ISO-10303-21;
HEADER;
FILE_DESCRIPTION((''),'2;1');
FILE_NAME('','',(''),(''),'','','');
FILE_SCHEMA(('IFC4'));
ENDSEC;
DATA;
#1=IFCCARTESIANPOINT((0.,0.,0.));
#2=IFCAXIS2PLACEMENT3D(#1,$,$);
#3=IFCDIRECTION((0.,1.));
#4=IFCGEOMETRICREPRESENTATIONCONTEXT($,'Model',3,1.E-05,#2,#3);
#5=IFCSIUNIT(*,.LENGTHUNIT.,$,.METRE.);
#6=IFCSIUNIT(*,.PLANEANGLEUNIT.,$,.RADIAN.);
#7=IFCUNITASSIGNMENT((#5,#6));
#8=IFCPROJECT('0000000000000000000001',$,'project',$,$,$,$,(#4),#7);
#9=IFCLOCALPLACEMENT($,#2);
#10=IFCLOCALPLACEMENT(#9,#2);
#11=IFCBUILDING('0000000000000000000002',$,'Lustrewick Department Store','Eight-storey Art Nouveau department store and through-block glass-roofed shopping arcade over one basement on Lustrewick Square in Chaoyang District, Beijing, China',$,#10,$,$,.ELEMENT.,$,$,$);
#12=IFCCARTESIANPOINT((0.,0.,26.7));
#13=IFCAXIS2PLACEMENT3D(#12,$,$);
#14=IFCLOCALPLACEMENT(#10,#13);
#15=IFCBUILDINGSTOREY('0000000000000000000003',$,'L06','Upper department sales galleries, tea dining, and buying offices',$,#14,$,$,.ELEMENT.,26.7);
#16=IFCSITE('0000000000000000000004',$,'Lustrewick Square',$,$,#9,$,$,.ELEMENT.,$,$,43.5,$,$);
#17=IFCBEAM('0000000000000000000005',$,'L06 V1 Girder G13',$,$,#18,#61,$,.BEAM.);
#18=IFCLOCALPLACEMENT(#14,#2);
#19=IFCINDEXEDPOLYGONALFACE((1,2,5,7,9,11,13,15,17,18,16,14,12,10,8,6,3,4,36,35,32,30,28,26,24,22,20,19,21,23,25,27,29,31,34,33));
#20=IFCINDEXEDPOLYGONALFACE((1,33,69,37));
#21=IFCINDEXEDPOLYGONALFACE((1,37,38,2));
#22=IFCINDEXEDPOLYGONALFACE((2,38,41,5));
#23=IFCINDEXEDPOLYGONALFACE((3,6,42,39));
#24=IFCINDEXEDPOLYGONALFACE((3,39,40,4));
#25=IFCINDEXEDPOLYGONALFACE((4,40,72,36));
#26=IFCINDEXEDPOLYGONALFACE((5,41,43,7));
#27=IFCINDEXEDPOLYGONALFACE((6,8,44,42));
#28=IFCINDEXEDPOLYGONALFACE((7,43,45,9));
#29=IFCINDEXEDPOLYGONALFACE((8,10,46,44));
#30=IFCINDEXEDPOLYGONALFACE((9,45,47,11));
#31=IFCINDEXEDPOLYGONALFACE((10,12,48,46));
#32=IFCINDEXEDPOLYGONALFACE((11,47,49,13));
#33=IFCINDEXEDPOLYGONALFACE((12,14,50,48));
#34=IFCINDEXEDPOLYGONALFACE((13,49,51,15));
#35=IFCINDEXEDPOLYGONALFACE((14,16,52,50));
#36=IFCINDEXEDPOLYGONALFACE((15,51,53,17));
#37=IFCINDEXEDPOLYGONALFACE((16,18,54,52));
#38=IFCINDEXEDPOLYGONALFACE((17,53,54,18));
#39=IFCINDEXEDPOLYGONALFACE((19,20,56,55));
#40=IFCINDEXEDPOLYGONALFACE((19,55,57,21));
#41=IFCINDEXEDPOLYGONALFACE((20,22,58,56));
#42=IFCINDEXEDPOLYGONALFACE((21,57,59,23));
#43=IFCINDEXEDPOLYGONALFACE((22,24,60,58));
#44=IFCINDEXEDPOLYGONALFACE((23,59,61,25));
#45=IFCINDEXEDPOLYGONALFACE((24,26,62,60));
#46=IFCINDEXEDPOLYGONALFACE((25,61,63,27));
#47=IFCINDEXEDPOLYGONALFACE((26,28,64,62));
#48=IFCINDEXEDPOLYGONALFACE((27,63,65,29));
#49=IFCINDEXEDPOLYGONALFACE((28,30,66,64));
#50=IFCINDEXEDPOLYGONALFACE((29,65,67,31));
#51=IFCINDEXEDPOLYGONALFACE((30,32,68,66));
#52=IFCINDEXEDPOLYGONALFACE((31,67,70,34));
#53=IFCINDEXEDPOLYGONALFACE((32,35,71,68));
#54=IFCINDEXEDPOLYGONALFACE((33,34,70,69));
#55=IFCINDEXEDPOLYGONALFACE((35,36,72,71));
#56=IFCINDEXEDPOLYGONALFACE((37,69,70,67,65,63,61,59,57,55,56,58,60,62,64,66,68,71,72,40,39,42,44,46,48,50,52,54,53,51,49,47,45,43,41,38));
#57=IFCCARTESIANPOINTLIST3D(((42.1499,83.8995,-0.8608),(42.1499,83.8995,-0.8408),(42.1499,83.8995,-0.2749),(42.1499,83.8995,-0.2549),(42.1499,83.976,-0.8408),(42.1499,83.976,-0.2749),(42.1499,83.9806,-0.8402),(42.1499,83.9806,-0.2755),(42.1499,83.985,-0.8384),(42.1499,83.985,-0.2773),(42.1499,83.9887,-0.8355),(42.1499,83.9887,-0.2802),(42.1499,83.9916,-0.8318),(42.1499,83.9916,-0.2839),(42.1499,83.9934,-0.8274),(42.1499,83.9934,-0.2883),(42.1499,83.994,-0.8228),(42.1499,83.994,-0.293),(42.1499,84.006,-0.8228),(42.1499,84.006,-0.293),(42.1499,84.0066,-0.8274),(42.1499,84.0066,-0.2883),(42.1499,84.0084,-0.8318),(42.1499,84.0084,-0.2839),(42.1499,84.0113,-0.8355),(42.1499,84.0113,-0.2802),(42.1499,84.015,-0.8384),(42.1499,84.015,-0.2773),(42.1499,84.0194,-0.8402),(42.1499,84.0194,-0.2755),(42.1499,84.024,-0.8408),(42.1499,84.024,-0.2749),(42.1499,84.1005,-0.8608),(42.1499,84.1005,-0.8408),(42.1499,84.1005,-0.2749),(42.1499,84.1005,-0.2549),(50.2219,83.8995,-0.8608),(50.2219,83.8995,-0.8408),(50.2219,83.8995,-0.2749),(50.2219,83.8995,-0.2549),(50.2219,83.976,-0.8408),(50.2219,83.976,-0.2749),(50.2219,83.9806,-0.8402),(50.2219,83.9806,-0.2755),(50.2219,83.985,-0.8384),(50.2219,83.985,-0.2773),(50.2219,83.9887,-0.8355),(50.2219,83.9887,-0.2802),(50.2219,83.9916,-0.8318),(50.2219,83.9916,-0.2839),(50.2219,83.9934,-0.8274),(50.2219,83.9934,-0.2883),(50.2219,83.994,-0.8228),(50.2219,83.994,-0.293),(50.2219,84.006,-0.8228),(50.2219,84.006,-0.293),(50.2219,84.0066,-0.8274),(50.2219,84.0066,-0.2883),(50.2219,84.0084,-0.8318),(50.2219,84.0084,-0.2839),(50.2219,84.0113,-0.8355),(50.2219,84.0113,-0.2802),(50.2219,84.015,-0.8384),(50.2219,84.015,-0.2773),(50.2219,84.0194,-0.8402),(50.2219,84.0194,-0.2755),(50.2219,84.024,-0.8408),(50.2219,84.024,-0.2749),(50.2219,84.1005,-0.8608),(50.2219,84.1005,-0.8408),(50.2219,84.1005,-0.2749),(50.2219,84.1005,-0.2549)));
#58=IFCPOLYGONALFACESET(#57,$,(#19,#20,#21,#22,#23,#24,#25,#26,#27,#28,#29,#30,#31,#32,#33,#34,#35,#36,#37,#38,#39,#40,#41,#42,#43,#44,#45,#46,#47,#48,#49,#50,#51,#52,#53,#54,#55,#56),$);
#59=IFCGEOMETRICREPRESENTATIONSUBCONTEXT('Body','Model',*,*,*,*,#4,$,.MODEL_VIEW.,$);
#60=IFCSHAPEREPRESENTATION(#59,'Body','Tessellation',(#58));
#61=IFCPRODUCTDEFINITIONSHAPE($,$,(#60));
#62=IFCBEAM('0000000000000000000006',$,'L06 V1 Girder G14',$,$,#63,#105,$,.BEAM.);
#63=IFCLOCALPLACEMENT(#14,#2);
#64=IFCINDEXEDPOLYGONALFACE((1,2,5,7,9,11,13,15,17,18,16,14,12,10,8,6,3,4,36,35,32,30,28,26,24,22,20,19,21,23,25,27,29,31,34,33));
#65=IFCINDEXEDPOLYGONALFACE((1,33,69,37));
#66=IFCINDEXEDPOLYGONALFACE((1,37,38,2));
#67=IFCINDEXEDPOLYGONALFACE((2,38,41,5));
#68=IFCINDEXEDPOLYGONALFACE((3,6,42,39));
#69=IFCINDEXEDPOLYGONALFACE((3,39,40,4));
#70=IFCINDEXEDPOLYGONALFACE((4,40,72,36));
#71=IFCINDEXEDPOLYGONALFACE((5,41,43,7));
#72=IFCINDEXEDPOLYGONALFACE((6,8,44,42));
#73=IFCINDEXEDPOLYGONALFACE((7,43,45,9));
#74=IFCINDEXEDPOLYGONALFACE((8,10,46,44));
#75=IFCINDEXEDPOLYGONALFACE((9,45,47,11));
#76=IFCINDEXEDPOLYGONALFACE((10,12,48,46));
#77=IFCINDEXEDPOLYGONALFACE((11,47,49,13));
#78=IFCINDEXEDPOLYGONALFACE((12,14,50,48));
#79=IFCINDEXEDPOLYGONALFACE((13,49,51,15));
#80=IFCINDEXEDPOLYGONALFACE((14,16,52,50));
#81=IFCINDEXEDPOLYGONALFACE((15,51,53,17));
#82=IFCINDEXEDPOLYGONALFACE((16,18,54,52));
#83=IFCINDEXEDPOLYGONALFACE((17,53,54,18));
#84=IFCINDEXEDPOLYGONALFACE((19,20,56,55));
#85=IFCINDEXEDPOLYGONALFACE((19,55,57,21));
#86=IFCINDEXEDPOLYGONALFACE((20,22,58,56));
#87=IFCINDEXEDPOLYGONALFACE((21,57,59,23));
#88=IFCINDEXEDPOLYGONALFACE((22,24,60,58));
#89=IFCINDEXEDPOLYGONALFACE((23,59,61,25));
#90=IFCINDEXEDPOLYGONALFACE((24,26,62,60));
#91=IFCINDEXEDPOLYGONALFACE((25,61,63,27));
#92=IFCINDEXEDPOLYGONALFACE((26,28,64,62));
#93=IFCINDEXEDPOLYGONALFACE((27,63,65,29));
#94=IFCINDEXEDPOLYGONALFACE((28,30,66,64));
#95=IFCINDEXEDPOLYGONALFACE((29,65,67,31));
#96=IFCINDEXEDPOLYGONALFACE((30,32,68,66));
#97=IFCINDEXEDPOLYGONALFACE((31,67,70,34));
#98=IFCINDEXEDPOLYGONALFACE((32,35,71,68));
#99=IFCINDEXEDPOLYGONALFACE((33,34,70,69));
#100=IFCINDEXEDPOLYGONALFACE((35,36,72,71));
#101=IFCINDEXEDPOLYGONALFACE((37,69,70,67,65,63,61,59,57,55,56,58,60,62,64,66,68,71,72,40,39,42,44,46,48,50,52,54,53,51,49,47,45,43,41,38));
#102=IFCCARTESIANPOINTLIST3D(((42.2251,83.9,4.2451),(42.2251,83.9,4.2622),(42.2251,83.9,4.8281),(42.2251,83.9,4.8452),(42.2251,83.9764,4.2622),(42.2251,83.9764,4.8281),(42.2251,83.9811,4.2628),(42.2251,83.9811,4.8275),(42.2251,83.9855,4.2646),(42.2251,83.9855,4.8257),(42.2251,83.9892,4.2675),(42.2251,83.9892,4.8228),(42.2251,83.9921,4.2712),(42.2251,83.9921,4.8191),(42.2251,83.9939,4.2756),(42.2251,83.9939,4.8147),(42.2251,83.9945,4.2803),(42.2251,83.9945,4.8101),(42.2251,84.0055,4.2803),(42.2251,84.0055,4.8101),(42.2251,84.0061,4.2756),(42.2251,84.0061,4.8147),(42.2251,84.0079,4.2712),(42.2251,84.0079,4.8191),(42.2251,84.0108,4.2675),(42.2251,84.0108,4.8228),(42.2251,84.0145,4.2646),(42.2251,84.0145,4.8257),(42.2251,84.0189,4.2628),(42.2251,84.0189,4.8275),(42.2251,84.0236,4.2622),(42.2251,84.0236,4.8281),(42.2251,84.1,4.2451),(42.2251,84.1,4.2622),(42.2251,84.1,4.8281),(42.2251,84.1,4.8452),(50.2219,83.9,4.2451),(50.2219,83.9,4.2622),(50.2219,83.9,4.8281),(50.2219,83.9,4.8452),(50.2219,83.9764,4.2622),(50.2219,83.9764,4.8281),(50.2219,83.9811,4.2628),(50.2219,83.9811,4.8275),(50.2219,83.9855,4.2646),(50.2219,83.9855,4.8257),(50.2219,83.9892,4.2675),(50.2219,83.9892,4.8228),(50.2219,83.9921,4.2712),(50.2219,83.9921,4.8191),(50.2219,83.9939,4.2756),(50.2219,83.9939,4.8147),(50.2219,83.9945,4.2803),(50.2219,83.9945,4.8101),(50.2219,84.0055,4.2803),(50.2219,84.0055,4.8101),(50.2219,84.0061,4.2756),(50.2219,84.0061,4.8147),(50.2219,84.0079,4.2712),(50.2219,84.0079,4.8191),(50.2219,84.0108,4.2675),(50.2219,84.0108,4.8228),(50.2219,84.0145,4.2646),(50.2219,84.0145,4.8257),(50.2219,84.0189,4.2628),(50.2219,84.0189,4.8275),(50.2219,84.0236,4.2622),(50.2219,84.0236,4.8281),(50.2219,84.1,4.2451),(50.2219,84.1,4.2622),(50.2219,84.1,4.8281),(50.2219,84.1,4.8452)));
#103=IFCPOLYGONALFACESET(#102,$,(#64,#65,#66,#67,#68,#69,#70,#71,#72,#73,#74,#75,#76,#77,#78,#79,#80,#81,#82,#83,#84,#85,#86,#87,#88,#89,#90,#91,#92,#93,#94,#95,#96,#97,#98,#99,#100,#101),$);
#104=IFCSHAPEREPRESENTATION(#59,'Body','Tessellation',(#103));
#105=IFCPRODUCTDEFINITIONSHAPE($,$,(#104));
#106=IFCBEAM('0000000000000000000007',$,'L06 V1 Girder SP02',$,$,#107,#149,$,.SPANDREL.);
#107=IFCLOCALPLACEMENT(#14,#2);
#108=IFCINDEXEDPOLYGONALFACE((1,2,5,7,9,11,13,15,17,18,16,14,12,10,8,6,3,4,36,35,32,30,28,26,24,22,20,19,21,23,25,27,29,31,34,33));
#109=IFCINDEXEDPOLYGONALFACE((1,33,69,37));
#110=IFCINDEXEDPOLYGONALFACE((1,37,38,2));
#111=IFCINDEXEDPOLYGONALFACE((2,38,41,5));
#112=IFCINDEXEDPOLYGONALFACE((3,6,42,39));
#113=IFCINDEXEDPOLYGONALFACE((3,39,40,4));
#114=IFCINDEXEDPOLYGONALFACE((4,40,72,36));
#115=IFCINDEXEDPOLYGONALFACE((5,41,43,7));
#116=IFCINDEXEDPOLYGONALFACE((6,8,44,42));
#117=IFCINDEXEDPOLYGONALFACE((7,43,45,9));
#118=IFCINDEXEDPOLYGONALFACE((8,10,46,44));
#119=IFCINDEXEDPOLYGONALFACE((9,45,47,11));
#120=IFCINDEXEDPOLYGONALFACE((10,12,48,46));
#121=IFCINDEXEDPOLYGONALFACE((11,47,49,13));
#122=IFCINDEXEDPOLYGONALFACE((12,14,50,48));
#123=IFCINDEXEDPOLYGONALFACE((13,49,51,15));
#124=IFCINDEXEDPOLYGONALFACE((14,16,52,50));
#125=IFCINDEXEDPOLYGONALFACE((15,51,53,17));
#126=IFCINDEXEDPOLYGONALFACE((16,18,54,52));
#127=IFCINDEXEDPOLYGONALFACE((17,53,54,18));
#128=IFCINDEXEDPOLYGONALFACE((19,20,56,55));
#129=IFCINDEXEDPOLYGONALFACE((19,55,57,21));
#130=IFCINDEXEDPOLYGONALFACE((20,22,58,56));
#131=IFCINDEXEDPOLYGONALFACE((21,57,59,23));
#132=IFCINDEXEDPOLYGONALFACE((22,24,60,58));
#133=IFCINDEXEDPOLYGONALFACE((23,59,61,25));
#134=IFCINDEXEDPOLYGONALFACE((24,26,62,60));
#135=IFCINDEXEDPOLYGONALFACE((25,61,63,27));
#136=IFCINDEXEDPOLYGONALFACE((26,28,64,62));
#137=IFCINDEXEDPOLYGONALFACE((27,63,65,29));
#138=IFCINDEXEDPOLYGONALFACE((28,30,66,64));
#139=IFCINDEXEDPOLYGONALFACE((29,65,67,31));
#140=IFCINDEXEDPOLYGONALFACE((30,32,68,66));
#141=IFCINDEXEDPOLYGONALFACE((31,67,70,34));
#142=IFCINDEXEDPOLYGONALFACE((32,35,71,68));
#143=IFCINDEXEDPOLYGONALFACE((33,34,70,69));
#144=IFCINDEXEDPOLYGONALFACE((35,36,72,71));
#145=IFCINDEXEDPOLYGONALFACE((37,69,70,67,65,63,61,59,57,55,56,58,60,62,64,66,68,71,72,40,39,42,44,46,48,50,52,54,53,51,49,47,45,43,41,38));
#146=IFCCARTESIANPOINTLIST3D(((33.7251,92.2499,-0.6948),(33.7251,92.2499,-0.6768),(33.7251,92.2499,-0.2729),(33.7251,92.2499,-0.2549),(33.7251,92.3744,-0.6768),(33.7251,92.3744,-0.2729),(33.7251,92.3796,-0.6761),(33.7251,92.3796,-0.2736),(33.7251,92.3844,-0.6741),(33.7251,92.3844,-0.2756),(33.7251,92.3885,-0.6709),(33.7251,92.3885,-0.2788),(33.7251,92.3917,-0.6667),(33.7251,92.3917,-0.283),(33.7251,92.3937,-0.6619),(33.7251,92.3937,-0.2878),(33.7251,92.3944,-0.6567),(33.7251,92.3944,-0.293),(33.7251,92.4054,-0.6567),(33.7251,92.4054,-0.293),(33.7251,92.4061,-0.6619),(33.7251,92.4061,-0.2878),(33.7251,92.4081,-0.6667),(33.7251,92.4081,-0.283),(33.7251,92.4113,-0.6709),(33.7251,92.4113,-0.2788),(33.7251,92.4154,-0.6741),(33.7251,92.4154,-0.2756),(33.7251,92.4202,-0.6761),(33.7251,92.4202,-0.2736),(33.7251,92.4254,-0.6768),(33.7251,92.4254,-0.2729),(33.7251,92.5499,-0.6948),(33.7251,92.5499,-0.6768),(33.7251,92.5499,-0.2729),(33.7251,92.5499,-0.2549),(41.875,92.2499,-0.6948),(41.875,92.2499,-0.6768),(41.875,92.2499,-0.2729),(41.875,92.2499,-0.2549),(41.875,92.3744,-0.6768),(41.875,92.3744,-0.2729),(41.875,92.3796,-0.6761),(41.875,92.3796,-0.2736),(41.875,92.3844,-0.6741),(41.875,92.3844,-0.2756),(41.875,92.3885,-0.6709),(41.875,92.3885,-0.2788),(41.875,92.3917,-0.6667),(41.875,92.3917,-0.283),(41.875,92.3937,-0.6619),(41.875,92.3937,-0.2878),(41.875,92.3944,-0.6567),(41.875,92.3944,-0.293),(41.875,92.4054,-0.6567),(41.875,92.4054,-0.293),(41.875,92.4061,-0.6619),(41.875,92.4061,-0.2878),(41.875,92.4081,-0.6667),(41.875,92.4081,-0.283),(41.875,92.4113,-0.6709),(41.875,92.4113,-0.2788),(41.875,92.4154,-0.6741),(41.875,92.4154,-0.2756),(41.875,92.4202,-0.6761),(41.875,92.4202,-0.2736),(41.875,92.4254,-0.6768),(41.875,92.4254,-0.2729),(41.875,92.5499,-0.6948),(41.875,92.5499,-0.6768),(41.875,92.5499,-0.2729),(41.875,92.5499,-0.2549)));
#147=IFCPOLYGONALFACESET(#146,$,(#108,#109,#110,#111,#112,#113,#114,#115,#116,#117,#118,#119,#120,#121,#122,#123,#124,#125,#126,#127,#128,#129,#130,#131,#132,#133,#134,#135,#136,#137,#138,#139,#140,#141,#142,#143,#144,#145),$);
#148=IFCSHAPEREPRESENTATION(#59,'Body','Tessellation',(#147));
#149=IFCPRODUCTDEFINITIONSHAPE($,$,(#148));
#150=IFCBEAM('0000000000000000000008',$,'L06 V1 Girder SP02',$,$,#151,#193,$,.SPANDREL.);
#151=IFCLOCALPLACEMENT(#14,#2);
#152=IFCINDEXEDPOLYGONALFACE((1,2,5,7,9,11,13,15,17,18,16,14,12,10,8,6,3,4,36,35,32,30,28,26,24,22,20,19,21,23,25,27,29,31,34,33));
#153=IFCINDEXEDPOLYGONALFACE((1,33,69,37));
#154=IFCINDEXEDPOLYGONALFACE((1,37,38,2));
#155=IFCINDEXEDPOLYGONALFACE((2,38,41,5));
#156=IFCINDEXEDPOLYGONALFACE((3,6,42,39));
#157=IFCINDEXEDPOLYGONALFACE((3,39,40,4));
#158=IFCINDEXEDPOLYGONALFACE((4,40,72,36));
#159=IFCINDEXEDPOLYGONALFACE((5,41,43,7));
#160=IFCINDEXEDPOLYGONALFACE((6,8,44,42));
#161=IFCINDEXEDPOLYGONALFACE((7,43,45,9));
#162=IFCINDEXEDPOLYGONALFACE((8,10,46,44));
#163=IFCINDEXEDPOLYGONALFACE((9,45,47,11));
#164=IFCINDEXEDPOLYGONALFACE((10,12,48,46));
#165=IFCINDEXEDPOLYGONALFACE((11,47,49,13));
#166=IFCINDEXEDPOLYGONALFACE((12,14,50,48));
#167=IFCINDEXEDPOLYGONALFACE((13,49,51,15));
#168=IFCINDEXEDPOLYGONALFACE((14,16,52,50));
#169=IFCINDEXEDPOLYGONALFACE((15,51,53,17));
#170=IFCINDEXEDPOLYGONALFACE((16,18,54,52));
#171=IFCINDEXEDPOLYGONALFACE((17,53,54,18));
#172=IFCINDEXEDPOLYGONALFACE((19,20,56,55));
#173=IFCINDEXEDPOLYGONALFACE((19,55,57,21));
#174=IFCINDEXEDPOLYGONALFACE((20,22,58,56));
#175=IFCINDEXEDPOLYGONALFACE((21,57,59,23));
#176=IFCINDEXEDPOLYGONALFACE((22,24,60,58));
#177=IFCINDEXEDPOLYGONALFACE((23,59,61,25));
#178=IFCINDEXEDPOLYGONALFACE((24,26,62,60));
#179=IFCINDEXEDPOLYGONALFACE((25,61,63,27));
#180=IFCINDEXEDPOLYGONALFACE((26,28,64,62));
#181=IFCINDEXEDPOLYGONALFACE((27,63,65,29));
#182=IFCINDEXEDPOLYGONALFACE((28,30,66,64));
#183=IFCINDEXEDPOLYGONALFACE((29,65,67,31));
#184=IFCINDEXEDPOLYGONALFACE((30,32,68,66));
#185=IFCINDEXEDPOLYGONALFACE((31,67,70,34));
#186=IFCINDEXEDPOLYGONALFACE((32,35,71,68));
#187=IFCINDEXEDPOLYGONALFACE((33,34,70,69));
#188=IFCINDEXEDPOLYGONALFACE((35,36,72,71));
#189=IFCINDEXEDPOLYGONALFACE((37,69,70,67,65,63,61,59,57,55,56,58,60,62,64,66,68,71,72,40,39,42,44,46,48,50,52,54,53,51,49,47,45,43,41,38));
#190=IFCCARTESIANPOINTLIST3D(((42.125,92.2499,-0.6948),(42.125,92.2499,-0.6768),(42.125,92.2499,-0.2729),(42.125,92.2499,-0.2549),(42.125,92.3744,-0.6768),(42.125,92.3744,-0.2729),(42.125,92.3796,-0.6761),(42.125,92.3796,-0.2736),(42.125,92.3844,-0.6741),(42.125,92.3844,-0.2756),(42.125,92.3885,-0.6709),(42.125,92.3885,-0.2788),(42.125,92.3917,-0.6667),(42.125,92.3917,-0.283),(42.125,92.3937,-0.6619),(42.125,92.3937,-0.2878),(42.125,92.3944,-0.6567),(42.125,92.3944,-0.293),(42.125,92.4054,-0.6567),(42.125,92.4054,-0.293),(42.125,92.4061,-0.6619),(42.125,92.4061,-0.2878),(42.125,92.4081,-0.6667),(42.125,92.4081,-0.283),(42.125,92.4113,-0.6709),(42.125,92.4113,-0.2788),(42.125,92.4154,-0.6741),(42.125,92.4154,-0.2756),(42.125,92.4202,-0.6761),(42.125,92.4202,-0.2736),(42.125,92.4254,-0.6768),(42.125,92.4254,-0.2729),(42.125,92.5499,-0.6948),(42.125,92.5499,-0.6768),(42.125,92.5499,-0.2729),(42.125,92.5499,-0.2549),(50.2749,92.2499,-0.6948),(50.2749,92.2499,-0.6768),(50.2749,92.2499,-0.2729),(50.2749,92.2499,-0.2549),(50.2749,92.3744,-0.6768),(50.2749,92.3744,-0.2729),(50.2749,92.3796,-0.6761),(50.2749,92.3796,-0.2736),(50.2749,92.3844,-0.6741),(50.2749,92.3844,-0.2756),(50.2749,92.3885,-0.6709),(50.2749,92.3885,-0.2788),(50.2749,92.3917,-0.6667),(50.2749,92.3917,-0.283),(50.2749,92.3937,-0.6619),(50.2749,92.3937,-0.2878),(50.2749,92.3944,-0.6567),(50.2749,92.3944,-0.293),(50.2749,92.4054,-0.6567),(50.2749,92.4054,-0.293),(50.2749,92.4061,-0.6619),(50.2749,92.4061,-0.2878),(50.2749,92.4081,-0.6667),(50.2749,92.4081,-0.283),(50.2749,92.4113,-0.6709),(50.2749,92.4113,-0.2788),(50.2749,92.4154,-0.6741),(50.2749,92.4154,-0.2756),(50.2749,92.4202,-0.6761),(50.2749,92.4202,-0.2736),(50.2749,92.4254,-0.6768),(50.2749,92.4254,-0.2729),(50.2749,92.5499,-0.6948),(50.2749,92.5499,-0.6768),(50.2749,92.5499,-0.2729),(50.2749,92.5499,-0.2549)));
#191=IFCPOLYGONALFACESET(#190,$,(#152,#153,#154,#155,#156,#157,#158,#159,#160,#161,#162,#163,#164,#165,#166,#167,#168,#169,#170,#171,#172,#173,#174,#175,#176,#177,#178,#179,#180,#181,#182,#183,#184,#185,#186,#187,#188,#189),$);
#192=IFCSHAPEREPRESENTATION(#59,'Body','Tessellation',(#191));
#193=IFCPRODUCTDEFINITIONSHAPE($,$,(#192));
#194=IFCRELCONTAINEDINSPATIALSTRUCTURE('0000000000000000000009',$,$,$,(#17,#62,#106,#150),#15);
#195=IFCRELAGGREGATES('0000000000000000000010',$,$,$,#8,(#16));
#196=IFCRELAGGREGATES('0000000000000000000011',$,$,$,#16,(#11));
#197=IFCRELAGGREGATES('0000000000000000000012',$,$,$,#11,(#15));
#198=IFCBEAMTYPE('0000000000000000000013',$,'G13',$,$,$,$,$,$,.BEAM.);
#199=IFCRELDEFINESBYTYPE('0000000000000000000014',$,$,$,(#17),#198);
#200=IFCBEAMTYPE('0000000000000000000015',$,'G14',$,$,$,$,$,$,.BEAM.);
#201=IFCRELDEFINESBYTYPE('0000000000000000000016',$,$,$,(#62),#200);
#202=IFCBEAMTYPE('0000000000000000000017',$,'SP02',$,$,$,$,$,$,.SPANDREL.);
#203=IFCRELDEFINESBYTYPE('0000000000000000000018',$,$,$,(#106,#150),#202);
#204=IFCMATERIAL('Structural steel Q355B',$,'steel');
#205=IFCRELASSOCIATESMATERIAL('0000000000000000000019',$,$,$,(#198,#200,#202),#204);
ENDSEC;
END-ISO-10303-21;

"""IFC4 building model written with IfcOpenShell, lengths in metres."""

from ifc_helpers import new_model, si_unit, direction, frame, origin, origin_2d, place, context, subcontext, project, spatial, i_section, extrude, material, material_profile, profile_set, type_object, element, save


model = new_model("IFC4")

# Units and contexts
model_context = context("Model", 3, precision=1e-05, world=origin(), true_north=direction((0.0, 1.0)))
body_context = subcontext(model_context, "Body", "Model", "MODEL_VIEW")
ifc_project = project(units=[si_unit("LENGTHUNIT", "METRE"), si_unit("PLANEANGLEUNIT", "RADIAN")], contexts=[model_context])

# Site, building, storey
site_placement = place(None, origin())
site = spatial("IfcSite", under=ifc_project, at=site_placement, Name="Lustrewick Square", CompositionType="ELEMENT", RefElevation=43.5)
building_placement = place(site_placement, origin())
building = spatial("IfcBuilding", under=site, at=building_placement, Name="Lustrewick Department Store", Description="Eight-storey Art Nouveau department store and through-block glass-roofed shopping arcade over one basement on Lustrewick Square in Chaoyang District, Beijing, China", CompositionType="ELEMENT")
storey_placement = place(building_placement, frame((0.0, 0.0, 26.7)))
storey = spatial("IfcBuildingStorey", under=building, at=storey_placement, Name="L06", Description="Upper department sales galleries, tea dining, and buying offices", CompositionType="ELEMENT", Elevation=26.7)

# Shared definitions
ifc_material_1 = material(Name="Structural steel Q355B", Category="steel")

# Beams
ifc_material_profile_1 = material_profile(ifc_material_1, i_section(OverallWidth=0.2009, OverallDepth=0.606, WebThickness=0.012, FlangeThickness=0.02, FilletRadius=0.0181, at=origin_2d()), Name="HN 606x201x12x20")
ifc_profile_set_1 = profile_set([ifc_material_profile_1], Name="Structural steel Q355B")
beam_type_1 = type_object("IfcBeamType", Name="G13", PredefinedType="BEAM", material=ifc_profile_set_1)
beam_1_placement = place(storey_placement, frame((42.1499, 84.0, -0.5579), z_axis=(1.0, 0.0, 0.0), x_axis=(0.0, 1.0, 0.0)))
element("IfcBeam", 1, at=beam_1_placement, inside=storey, type_object=beam_type_1, Name="L06 V1 Girder G13", PredefinedType="BEAM", context=body_context, shape_type="SweptSolid", body=[
    extrude(i_section(OverallWidth=0.2009, OverallDepth=0.606, WebThickness=0.012, FlangeThickness=0.02, FilletRadius=0.0181, at=origin_2d()), origin(), (0.0, 0.0, 1.0), 8.072),
])
ifc_material_profile_2 = material_profile(ifc_material_1, i_section(OverallWidth=0.2, OverallDepth=0.6001, WebThickness=0.011, FlangeThickness=0.0171, FilletRadius=0.0181, at=origin_2d()), Name="HN 600x200x11x17")
ifc_profile_set_2 = profile_set([ifc_material_profile_2], Name="Structural steel Q355B")
beam_type_2 = type_object("IfcBeamType", Name="G14", PredefinedType="BEAM", material=ifc_profile_set_2)
beam_2_placement = place(storey_placement, frame((42.2251, 84.0, 4.5452), z_axis=(1.0, 0.0, 0.0), x_axis=(0.0, 1.0, 0.0)))
element("IfcBeam", 2, at=beam_2_placement, inside=storey, type_object=beam_type_2, Name="L06 V1 Girder G14", PredefinedType="BEAM", context=body_context, shape_type="SweptSolid", body=[
    extrude(i_section(OverallWidth=0.2, OverallDepth=0.6001, WebThickness=0.011, FlangeThickness=0.0171, FilletRadius=0.0181, at=origin_2d()), origin(), (0.0, 0.0, 1.0), 7.9968),
])
ifc_material_profile_3 = material_profile(ifc_material_1, i_section(OverallWidth=0.3, OverallDepth=0.4399, WebThickness=0.011, FlangeThickness=0.0181, FilletRadius=0.02, at=origin_2d()), Name="HM 440x300x11x18")
ifc_profile_set_3 = profile_set([ifc_material_profile_3], Name="Structural steel Q355B")
beam_type_3 = type_object("IfcBeamType", Name="SP02", PredefinedType="SPANDREL", material=ifc_profile_set_3)
for number, where, z_axis, x_axis, name in (
    (3, (33.7251, 92.3999, -0.4749), (1.0, 0.0, 0.0), (0.0, 1.0, 0.0), "L06 V1 Girder SP02"),
    (4, (42.125, 92.3999, -0.4749), (1.0, 0.0, 0.0), (0.0, 1.0, 0.0), "L06 V1 Girder SP02"),
):
    element("IfcBeam", number, at=place(storey_placement, frame(where, z_axis=z_axis, x_axis=x_axis)), inside=storey, type_object=beam_type_3, Name=name, PredefinedType="SPANDREL", context=body_context, shape_type="SweptSolid", body=[
        extrude(i_section(OverallWidth=0.3, OverallDepth=0.4399, WebThickness=0.011, FlangeThickness=0.0181, FilletRadius=0.02, at=origin_2d()), origin(), (0.0, 0.0, 1.0), 8.1499),
    ])

save(model, "model.ifc")
